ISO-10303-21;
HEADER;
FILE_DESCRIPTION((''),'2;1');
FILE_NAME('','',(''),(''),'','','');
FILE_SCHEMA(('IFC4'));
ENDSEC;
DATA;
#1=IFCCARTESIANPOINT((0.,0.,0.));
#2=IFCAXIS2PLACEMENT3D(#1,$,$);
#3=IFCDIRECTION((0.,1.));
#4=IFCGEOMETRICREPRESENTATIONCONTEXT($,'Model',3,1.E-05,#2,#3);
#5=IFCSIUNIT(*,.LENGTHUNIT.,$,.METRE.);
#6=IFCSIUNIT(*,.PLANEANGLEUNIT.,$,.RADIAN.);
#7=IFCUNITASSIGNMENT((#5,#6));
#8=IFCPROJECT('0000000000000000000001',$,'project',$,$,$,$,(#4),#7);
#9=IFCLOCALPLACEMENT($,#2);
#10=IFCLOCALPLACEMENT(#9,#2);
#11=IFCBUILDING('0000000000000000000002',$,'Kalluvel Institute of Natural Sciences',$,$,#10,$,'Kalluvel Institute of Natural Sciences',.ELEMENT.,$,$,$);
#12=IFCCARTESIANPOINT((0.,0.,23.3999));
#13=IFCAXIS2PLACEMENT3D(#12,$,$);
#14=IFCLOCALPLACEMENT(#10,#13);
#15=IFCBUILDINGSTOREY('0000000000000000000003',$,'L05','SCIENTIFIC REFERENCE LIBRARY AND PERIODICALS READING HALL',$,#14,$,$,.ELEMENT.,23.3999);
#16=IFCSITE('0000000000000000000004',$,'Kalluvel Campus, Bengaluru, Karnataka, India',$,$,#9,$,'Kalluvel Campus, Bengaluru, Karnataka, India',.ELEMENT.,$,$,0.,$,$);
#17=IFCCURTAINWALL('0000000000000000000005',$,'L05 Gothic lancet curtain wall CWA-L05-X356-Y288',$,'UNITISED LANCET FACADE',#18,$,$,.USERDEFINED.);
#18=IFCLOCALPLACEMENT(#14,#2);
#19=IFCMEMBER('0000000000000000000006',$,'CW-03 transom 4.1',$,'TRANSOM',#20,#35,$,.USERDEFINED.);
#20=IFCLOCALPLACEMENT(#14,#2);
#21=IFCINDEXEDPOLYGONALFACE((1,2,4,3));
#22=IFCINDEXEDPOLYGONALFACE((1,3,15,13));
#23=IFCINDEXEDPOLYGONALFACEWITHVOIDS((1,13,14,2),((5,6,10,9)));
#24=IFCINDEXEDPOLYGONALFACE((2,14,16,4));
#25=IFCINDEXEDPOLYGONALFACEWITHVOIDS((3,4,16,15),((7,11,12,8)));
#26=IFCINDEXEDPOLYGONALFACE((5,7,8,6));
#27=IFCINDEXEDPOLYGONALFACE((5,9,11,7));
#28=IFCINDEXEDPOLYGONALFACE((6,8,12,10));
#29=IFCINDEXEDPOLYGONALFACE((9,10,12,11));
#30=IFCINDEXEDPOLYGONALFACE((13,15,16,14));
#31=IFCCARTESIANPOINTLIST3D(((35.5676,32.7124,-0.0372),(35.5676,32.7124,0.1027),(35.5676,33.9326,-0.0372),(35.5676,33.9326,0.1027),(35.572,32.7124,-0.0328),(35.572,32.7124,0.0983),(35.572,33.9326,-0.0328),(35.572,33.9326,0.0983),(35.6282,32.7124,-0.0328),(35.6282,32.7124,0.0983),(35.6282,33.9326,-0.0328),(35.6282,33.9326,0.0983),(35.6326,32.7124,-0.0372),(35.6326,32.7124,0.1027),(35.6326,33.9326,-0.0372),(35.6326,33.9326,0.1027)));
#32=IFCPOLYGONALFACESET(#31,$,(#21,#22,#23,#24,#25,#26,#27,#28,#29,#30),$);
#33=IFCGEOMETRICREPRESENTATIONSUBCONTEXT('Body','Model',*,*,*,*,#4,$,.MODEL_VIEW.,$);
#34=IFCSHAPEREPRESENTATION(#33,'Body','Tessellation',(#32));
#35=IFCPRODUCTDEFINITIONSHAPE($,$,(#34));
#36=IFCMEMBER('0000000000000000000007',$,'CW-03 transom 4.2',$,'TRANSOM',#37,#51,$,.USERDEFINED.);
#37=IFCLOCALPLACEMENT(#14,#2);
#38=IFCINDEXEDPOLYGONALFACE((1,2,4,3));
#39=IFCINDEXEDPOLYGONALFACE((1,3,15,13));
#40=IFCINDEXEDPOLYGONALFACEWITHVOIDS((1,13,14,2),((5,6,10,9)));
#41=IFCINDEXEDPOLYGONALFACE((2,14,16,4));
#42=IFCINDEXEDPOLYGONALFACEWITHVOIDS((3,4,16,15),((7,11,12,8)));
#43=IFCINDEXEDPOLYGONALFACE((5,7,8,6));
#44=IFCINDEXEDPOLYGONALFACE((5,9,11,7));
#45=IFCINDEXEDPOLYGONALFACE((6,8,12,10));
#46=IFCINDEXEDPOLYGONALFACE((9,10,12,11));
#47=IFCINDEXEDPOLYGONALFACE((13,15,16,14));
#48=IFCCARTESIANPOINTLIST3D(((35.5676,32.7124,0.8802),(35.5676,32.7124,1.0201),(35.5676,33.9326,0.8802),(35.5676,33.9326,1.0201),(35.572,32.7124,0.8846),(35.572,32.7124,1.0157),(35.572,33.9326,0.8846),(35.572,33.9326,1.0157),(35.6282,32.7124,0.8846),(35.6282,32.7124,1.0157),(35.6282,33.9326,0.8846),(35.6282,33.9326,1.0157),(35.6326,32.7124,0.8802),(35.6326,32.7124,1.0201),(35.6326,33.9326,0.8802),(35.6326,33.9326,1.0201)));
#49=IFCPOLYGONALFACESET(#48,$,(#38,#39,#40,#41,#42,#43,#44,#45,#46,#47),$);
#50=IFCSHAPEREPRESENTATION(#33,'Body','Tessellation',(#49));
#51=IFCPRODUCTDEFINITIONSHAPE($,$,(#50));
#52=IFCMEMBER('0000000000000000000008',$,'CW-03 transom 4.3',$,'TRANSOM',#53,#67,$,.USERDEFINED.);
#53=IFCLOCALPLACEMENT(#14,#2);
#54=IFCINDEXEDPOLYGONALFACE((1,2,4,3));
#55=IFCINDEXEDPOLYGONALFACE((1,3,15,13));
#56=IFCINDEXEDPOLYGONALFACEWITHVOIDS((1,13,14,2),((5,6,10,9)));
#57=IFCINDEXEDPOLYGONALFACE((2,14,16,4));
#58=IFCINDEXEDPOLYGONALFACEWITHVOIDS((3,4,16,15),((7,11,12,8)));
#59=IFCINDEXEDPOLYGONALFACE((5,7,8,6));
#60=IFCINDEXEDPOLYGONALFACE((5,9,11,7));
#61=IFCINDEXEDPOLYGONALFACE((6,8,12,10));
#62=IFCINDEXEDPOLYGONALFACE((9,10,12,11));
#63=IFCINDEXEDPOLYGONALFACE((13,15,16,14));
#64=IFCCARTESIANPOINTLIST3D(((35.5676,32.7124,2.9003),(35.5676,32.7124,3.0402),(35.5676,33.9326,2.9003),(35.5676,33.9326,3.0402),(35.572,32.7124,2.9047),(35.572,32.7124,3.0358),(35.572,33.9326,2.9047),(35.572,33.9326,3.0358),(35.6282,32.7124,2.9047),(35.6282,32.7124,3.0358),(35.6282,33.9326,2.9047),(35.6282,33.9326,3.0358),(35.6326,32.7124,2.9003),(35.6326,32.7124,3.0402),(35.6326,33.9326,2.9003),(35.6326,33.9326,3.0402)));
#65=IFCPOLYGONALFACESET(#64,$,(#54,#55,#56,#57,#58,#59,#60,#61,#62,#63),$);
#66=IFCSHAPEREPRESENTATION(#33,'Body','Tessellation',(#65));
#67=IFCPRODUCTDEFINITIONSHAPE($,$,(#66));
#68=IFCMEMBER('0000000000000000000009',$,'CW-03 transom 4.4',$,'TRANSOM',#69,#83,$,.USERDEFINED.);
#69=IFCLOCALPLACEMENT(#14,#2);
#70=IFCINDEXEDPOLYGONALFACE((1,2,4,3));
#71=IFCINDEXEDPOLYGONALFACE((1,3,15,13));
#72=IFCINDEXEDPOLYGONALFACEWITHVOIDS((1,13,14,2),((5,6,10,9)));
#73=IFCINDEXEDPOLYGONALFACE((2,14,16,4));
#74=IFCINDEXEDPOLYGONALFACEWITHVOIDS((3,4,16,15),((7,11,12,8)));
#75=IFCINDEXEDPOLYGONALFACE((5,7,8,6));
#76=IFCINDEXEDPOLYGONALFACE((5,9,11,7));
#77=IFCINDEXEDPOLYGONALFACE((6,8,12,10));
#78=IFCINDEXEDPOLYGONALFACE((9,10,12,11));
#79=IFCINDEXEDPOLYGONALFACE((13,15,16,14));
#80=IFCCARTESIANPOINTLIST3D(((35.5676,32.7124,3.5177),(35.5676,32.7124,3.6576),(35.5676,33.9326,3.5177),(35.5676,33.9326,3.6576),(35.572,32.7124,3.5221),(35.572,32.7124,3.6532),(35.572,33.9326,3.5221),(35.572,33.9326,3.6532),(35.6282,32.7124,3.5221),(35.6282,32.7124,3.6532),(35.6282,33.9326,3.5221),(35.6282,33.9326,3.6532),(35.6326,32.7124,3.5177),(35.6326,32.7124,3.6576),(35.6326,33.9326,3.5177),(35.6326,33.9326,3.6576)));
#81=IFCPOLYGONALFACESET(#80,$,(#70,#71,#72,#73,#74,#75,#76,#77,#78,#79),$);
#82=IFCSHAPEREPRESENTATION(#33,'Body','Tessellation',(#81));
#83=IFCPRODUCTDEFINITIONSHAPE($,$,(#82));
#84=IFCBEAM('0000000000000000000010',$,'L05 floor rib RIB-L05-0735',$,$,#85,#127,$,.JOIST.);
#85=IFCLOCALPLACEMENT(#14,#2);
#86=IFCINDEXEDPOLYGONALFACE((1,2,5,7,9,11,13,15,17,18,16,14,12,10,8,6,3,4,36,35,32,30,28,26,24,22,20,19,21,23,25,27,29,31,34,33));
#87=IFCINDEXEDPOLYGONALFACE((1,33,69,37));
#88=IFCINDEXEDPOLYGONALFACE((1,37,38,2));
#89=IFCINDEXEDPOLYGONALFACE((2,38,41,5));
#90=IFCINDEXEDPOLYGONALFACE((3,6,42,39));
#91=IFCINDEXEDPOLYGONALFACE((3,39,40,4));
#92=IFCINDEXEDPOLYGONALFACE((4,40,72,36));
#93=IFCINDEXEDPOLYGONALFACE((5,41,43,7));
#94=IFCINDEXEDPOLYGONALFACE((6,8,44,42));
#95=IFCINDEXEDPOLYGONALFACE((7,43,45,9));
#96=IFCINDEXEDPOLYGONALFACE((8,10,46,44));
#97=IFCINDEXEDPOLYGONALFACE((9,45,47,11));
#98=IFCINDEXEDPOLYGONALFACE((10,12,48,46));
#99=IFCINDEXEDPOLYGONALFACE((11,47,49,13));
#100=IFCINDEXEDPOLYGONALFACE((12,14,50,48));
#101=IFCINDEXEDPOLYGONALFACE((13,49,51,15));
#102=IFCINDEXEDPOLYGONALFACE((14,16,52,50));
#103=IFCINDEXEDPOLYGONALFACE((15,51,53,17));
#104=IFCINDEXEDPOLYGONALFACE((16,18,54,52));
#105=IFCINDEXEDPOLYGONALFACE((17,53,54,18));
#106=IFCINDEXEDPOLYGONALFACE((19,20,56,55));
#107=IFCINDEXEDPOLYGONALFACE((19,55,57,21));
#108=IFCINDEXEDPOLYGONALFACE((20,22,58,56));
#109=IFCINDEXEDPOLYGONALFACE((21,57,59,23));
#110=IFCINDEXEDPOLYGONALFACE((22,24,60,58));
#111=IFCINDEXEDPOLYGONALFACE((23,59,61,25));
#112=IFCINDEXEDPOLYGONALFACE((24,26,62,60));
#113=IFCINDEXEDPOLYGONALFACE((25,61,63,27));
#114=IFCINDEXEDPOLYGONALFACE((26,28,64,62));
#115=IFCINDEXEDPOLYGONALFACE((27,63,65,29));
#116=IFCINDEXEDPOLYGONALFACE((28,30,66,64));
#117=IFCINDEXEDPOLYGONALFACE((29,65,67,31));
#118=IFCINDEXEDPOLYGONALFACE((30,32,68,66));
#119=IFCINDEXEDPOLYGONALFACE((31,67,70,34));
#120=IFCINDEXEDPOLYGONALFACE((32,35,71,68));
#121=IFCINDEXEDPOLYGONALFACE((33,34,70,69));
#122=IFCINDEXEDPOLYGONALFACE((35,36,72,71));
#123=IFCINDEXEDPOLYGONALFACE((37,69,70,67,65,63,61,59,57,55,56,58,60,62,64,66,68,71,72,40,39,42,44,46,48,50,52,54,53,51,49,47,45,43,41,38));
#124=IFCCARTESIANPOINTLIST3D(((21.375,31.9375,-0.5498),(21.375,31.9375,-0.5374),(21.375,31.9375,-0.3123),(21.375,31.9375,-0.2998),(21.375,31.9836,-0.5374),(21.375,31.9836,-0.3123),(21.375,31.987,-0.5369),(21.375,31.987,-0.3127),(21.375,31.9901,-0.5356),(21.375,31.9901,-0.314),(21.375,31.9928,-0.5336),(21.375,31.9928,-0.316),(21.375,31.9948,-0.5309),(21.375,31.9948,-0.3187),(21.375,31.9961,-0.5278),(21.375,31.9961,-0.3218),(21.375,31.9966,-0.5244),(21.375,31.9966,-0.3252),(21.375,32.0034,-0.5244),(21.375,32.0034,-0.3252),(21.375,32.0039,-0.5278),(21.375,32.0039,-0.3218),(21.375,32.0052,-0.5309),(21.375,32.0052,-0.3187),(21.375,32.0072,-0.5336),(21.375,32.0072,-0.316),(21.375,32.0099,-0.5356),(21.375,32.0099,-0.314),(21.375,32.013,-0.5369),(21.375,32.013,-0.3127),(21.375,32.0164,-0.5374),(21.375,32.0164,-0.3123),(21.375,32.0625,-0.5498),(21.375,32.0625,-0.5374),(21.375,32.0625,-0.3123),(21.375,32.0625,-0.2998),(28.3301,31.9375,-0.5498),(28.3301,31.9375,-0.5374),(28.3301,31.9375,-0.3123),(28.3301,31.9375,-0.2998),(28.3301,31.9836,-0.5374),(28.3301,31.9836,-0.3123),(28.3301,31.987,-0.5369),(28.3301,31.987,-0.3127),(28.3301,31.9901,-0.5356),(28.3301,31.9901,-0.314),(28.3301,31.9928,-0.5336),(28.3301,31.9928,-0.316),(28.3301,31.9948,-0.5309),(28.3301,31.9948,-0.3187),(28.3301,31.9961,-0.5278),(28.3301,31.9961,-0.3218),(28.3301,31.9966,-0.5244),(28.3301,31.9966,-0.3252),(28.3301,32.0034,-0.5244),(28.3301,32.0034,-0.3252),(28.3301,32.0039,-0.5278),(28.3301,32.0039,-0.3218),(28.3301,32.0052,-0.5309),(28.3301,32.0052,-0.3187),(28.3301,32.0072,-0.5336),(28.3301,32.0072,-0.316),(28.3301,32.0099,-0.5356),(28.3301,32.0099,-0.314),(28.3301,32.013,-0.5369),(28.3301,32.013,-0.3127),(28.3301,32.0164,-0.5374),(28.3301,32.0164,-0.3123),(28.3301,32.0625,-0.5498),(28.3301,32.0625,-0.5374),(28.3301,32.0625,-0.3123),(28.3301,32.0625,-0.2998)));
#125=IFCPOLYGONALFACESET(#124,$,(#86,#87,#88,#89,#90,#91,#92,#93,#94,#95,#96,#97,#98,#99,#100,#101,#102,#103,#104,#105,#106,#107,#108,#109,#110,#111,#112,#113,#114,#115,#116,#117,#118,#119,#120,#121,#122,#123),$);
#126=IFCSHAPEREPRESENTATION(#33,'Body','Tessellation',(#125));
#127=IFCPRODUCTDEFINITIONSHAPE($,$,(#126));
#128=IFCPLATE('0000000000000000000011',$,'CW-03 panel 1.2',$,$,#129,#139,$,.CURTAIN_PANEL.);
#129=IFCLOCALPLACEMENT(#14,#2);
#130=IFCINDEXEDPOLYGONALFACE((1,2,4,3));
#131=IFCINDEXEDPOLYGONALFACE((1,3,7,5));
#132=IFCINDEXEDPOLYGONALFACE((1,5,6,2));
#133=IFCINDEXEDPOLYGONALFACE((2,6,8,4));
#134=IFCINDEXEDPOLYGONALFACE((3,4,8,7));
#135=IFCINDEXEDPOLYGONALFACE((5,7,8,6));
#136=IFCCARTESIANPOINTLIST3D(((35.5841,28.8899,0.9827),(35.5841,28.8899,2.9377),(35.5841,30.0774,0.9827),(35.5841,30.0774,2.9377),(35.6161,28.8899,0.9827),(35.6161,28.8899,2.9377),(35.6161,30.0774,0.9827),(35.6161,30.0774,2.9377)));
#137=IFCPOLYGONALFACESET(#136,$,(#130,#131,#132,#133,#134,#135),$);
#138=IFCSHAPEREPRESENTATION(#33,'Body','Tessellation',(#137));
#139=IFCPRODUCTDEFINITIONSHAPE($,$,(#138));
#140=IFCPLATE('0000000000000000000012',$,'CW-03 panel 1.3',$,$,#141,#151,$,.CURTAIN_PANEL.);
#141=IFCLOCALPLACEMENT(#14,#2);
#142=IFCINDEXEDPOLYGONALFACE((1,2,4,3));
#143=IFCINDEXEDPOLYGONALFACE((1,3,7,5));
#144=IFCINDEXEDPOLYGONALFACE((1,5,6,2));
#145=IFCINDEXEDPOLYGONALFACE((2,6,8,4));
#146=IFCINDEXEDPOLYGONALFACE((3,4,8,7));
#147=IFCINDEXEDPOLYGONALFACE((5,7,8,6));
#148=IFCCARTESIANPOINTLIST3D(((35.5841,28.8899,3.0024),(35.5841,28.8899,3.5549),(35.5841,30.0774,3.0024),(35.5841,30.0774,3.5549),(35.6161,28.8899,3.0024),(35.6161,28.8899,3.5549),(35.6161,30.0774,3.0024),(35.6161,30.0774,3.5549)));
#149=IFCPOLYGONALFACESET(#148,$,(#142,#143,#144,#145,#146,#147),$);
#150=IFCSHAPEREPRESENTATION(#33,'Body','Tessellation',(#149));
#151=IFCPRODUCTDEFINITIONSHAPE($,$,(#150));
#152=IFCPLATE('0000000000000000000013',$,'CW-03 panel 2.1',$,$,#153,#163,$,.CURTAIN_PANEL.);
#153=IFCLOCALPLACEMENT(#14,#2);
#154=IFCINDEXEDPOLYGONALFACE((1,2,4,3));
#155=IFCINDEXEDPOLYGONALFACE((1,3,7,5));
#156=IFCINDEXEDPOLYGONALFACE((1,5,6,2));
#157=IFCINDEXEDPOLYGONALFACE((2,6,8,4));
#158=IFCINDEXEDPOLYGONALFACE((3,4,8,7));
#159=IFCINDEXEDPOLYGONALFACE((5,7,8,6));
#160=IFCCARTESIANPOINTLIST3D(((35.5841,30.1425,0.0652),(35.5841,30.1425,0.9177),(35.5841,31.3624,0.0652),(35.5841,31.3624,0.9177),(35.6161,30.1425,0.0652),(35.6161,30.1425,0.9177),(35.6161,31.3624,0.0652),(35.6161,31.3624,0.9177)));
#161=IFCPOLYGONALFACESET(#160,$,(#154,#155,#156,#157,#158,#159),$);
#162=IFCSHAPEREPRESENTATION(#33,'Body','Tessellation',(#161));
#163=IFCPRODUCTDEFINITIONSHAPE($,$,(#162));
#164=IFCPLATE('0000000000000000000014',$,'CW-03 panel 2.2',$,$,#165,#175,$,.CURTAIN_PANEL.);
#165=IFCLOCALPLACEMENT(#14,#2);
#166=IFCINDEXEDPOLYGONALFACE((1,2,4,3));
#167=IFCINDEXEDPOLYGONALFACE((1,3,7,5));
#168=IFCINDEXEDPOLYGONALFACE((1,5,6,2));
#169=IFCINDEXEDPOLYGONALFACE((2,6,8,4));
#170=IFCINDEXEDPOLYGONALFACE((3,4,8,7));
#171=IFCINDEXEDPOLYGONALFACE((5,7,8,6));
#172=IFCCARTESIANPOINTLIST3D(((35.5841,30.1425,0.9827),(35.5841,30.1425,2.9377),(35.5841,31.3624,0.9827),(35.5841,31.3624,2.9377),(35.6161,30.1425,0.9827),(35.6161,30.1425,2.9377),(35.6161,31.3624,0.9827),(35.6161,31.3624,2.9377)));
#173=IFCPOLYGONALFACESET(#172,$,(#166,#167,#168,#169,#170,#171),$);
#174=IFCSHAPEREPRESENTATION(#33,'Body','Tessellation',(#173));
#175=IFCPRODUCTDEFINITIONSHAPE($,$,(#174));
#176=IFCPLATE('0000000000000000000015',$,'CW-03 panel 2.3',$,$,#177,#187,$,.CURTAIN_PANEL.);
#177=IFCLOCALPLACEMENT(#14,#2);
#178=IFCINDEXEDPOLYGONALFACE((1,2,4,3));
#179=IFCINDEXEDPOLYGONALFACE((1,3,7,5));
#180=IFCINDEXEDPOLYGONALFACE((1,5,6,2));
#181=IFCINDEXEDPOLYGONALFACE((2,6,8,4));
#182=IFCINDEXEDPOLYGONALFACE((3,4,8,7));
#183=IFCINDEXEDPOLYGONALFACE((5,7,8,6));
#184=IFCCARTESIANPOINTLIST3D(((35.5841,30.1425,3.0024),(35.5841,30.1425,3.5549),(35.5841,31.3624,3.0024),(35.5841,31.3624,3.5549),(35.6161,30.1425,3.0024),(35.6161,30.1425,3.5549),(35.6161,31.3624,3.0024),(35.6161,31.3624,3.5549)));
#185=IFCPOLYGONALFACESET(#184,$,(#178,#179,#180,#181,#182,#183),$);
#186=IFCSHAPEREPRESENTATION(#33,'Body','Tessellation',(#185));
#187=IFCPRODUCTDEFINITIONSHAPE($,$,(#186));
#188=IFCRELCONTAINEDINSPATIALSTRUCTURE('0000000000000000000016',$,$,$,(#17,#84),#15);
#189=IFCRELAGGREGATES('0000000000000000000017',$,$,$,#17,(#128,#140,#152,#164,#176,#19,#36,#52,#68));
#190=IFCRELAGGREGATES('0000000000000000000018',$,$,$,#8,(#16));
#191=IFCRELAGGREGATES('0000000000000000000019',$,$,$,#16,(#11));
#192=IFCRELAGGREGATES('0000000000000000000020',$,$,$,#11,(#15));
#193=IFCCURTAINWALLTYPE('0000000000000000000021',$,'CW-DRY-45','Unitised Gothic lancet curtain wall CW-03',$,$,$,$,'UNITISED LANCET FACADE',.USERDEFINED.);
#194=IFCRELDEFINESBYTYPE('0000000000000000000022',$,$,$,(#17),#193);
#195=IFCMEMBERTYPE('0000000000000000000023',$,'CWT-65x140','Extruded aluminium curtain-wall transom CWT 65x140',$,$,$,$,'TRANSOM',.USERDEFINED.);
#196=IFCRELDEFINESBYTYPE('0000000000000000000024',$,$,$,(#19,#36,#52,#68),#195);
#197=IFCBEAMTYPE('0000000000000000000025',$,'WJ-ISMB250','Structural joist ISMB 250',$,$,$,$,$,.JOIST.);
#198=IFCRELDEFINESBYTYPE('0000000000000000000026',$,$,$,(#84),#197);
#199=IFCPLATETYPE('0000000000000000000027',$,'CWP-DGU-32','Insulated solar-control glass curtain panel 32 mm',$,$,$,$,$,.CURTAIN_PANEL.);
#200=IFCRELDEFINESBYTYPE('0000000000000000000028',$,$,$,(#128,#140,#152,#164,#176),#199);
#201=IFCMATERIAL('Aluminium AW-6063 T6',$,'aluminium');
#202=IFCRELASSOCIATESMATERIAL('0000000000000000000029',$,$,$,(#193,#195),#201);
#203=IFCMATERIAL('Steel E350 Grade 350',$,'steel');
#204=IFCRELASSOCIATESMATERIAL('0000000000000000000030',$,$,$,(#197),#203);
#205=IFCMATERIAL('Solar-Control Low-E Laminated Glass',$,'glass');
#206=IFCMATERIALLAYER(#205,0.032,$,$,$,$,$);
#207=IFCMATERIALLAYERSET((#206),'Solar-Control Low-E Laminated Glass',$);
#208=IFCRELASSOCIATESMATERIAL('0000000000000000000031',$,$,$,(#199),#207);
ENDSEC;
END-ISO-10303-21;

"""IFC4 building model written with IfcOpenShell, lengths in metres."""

from ifc_helpers import new_model, si_unit, direction, frame, origin, origin_2d, place, context, subcontext, project, spatial, rectangle, hollow_rectangle, i_section, extrude, material, layer, layer_set, material_profile, profile_set, type_object, element, aggregate, save


model = new_model("IFC4")

# Units and contexts
model_context = context("Model", 3, precision=1e-05, world=origin(), true_north=direction((0.0, 1.0)))
body_context = subcontext(model_context, "Body", "Model", "MODEL_VIEW")
ifc_project = project(units=[si_unit("LENGTHUNIT", "METRE"), si_unit("PLANEANGLEUNIT", "RADIAN")], contexts=[model_context])

# Site, building, storey
site_placement = place(None, origin())
site = spatial("IfcSite", under=ifc_project, at=site_placement, Name="Kalluvel Campus, Bengaluru, Karnataka, India", LongName="Kalluvel Campus, Bengaluru, Karnataka, India", CompositionType="ELEMENT", RefElevation=0.0)
building_placement = place(site_placement, origin())
building = spatial("IfcBuilding", under=site, at=building_placement, Name="Kalluvel Institute of Natural Sciences", LongName="Kalluvel Institute of Natural Sciences", CompositionType="ELEMENT")
storey_placement = place(building_placement, frame((0.0, 0.0, 23.3999)))
storey = spatial("IfcBuildingStorey", under=building, at=storey_placement, Name="L05", Description="SCIENTIFIC REFERENCE LIBRARY AND PERIODICALS READING HALL", CompositionType="ELEMENT", Elevation=23.3999)

# Curtain wall, members
ifc_material_1 = material(Name="Aluminium AW-6063 T6", Category="aluminium")
curtain_wall_type = type_object("IfcCurtainWallType", Name="CW-DRY-45", Description="Unitised Gothic lancet curtain wall CW-03", ElementType="UNITISED LANCET FACADE", PredefinedType="USERDEFINED", material=ifc_material_1)
curtain_wall_placement = place(storey_placement, origin())
curtain_wall = element("IfcCurtainWall", 1, at=curtain_wall_placement, inside=storey, type_object=curtain_wall_type, Name="L05 Gothic lancet curtain wall CWA-L05-X356-Y288", ObjectType="UNITISED LANCET FACADE", PredefinedType="USERDEFINED")
ifc_material_profile_1 = material_profile(ifc_material_1, hollow_rectangle(XDim=0.0649, YDim=0.1399, WallThickness=0.0044, at=origin_2d()), Name="CWT 65x140")
ifc_profile_set_1 = profile_set([ifc_material_profile_1], Name="Aluminium AW-6063 T6")
member_type_1 = type_object("IfcMemberType", Name="CWT-65x140", Description="Extruded aluminium curtain-wall transom CWT 65x140", ElementType="TRANSOM", PredefinedType="USERDEFINED", material=ifc_profile_set_1)
member_1_placement = place(storey_placement, frame((35.6001, 32.7124, 0.0327), z_axis=(0.0, 1.0, 0.0), x_axis=(-1.0, 0.0, 0.0)))
member_1 = element("IfcMember", 2, at=member_1_placement, type_object=member_type_1, Name="CW-03 transom 4.1", ObjectType="TRANSOM", PredefinedType="USERDEFINED", context=body_context, shape_type="SweptSolid", body=[
    extrude(hollow_rectangle(XDim=0.0649, YDim=0.1399, WallThickness=0.0044, at=origin_2d()), origin(), (0.0, 0.0, 1.0), 1.2202),
])
member_2_placement = place(storey_placement, frame((35.6001, 32.7124, 0.9502), z_axis=(0.0, 1.0, 0.0), x_axis=(-1.0, 0.0, 0.0)))
member_2 = element("IfcMember", 3, at=member_2_placement, type_object=member_type_1, Name="CW-03 transom 4.2", ObjectType="TRANSOM", PredefinedType="USERDEFINED", context=body_context, shape_type="SweptSolid", body=[
    extrude(hollow_rectangle(XDim=0.0649, YDim=0.1399, WallThickness=0.0044, at=origin_2d()), origin(), (0.0, 0.0, 1.0), 1.2202),
])
member_3_placement = place(storey_placement, frame((35.6001, 32.7124, 2.9702), z_axis=(0.0, 1.0, 0.0), x_axis=(-1.0, 0.0, 0.0)))
member_3 = element("IfcMember", 4, at=member_3_placement, type_object=member_type_1, Name="CW-03 transom 4.3", ObjectType="TRANSOM", PredefinedType="USERDEFINED", context=body_context, shape_type="SweptSolid", body=[
    extrude(hollow_rectangle(XDim=0.0649, YDim=0.1399, WallThickness=0.0044, at=origin_2d()), origin(), (0.0, 0.0, 1.0), 1.2202),
])
member_4_placement = place(storey_placement, frame((35.6001, 32.7124, 3.5876), z_axis=(0.0, 1.0, 0.0), x_axis=(-1.0, 0.0, 0.0)))
member_4 = element("IfcMember", 5, at=member_4_placement, type_object=member_type_1, Name="CW-03 transom 4.4", ObjectType="TRANSOM", PredefinedType="USERDEFINED", context=body_context, shape_type="SweptSolid", body=[
    extrude(hollow_rectangle(XDim=0.0649, YDim=0.1399, WallThickness=0.0044, at=origin_2d()), origin(), (0.0, 0.0, 1.0), 1.2202),
])

# Beam
ifc_material_2 = material(Name="Steel E350 Grade 350", Category="steel")
ifc_material_profile_2 = material_profile(ifc_material_2, i_section(OverallWidth=0.125, OverallDepth=0.25, WebThickness=0.0068, FlangeThickness=0.0125, FilletRadius=0.0129, at=origin_2d()), Name="ISMB 250")
ifc_profile_set_2 = profile_set([ifc_material_profile_2], Name="Steel E350 Grade 350")
beam_type = type_object("IfcBeamType", Name="WJ-ISMB250", Description="Structural joist ISMB 250", PredefinedType="JOIST", material=ifc_profile_set_2)
beam_placement = place(storey_placement, frame((21.375, 32.0, -0.4248), z_axis=(1.0, 0.0, 0.0), x_axis=(0.0, 1.0, 0.0)))
element("IfcBeam", 6, at=beam_placement, inside=storey, type_object=beam_type, Name="L05 floor rib RIB-L05-0735", PredefinedType="JOIST", context=body_context, shape_type="SweptSolid", body=[
    extrude(i_section(OverallWidth=0.125, OverallDepth=0.25, WebThickness=0.0068, FlangeThickness=0.0125, FilletRadius=0.0129, at=origin_2d()), origin(), (0.0, 0.0, 1.0), 6.9551),
])

# Plates
ifc_material_3 = material(Name="Solar-Control Low-E Laminated Glass", Category="glass")
ifc_layer_1 = layer(ifc_material_3, 0.032)
ifc_layer_set_1 = layer_set([ifc_layer_1], Name="Solar-Control Low-E Laminated Glass")
plate_type = type_object("IfcPlateType", Name="CWP-DGU-32", Description="Insulated solar-control glass curtain panel 32 mm", PredefinedType="CURTAIN_PANEL", material=ifc_layer_set_1)
plate_1_placement = place(storey_placement, frame((35.6001, 29.4836, 0.9827), z_axis=(0.0, 0.0, 1.0), x_axis=(0.0, 1.0, 0.0)))
plate_1 = element("IfcPlate", 7, at=plate_1_placement, type_object=plate_type, Name="CW-03 panel 1.2", PredefinedType="CURTAIN_PANEL", context=body_context, shape_type="SweptSolid", body=[
    extrude(rectangle(XDim=1.1875, YDim=0.032, at=origin_2d()), origin(), (0.0, 0.0, 1.0), 1.9551),
])
plate_2_placement = place(storey_placement, frame((35.6001, 29.4836, 3.0024), z_axis=(0.0, 0.0, 1.0), x_axis=(0.0, 1.0, 0.0)))
plate_2 = element("IfcPlate", 8, at=plate_2_placement, type_object=plate_type, Name="CW-03 panel 1.3", PredefinedType="CURTAIN_PANEL", context=body_context, shape_type="SweptSolid", body=[
    extrude(rectangle(XDim=1.1875, YDim=0.032, at=origin_2d()), origin(), (0.0, 0.0, 1.0), 0.5525),
])
plate_3_placement = place(storey_placement, frame((35.6001, 30.7524, 0.0652), z_axis=(0.0, 0.0, 1.0), x_axis=(0.0, 1.0, 0.0)))
plate_3 = element("IfcPlate", 9, at=plate_3_placement, type_object=plate_type, Name="CW-03 panel 2.1", PredefinedType="CURTAIN_PANEL", context=body_context, shape_type="SweptSolid", body=[
    extrude(rectangle(XDim=1.22, YDim=0.032, at=origin_2d()), origin(), (0.0, 0.0, 1.0), 0.8525),
])
plate_4_placement = place(storey_placement, frame((35.6001, 30.7524, 0.9827), z_axis=(0.0, 0.0, 1.0), x_axis=(0.0, 1.0, 0.0)))
plate_4 = element("IfcPlate", 10, at=plate_4_placement, type_object=plate_type, Name="CW-03 panel 2.2", PredefinedType="CURTAIN_PANEL", context=body_context, shape_type="SweptSolid", body=[
    extrude(rectangle(XDim=1.22, YDim=0.032, at=origin_2d()), origin(), (0.0, 0.0, 1.0), 1.9551),
])
plate_5_placement = place(storey_placement, frame((35.6001, 30.7524, 3.0024), z_axis=(0.0, 0.0, 1.0), x_axis=(0.0, 1.0, 0.0)))
plate_5 = element("IfcPlate", 11, at=plate_5_placement, type_object=plate_type, Name="CW-03 panel 2.3", PredefinedType="CURTAIN_PANEL", context=body_context, shape_type="SweptSolid", body=[
    extrude(rectangle(XDim=1.22, YDim=0.032, at=origin_2d()), origin(), (0.0, 0.0, 1.0), 0.5525),
])
aggregate(curtain_wall, [plate_1, plate_2, plate_3, plate_4, plate_5, member_1, member_2, member_3, member_4])

save(model, "model.ifc")
